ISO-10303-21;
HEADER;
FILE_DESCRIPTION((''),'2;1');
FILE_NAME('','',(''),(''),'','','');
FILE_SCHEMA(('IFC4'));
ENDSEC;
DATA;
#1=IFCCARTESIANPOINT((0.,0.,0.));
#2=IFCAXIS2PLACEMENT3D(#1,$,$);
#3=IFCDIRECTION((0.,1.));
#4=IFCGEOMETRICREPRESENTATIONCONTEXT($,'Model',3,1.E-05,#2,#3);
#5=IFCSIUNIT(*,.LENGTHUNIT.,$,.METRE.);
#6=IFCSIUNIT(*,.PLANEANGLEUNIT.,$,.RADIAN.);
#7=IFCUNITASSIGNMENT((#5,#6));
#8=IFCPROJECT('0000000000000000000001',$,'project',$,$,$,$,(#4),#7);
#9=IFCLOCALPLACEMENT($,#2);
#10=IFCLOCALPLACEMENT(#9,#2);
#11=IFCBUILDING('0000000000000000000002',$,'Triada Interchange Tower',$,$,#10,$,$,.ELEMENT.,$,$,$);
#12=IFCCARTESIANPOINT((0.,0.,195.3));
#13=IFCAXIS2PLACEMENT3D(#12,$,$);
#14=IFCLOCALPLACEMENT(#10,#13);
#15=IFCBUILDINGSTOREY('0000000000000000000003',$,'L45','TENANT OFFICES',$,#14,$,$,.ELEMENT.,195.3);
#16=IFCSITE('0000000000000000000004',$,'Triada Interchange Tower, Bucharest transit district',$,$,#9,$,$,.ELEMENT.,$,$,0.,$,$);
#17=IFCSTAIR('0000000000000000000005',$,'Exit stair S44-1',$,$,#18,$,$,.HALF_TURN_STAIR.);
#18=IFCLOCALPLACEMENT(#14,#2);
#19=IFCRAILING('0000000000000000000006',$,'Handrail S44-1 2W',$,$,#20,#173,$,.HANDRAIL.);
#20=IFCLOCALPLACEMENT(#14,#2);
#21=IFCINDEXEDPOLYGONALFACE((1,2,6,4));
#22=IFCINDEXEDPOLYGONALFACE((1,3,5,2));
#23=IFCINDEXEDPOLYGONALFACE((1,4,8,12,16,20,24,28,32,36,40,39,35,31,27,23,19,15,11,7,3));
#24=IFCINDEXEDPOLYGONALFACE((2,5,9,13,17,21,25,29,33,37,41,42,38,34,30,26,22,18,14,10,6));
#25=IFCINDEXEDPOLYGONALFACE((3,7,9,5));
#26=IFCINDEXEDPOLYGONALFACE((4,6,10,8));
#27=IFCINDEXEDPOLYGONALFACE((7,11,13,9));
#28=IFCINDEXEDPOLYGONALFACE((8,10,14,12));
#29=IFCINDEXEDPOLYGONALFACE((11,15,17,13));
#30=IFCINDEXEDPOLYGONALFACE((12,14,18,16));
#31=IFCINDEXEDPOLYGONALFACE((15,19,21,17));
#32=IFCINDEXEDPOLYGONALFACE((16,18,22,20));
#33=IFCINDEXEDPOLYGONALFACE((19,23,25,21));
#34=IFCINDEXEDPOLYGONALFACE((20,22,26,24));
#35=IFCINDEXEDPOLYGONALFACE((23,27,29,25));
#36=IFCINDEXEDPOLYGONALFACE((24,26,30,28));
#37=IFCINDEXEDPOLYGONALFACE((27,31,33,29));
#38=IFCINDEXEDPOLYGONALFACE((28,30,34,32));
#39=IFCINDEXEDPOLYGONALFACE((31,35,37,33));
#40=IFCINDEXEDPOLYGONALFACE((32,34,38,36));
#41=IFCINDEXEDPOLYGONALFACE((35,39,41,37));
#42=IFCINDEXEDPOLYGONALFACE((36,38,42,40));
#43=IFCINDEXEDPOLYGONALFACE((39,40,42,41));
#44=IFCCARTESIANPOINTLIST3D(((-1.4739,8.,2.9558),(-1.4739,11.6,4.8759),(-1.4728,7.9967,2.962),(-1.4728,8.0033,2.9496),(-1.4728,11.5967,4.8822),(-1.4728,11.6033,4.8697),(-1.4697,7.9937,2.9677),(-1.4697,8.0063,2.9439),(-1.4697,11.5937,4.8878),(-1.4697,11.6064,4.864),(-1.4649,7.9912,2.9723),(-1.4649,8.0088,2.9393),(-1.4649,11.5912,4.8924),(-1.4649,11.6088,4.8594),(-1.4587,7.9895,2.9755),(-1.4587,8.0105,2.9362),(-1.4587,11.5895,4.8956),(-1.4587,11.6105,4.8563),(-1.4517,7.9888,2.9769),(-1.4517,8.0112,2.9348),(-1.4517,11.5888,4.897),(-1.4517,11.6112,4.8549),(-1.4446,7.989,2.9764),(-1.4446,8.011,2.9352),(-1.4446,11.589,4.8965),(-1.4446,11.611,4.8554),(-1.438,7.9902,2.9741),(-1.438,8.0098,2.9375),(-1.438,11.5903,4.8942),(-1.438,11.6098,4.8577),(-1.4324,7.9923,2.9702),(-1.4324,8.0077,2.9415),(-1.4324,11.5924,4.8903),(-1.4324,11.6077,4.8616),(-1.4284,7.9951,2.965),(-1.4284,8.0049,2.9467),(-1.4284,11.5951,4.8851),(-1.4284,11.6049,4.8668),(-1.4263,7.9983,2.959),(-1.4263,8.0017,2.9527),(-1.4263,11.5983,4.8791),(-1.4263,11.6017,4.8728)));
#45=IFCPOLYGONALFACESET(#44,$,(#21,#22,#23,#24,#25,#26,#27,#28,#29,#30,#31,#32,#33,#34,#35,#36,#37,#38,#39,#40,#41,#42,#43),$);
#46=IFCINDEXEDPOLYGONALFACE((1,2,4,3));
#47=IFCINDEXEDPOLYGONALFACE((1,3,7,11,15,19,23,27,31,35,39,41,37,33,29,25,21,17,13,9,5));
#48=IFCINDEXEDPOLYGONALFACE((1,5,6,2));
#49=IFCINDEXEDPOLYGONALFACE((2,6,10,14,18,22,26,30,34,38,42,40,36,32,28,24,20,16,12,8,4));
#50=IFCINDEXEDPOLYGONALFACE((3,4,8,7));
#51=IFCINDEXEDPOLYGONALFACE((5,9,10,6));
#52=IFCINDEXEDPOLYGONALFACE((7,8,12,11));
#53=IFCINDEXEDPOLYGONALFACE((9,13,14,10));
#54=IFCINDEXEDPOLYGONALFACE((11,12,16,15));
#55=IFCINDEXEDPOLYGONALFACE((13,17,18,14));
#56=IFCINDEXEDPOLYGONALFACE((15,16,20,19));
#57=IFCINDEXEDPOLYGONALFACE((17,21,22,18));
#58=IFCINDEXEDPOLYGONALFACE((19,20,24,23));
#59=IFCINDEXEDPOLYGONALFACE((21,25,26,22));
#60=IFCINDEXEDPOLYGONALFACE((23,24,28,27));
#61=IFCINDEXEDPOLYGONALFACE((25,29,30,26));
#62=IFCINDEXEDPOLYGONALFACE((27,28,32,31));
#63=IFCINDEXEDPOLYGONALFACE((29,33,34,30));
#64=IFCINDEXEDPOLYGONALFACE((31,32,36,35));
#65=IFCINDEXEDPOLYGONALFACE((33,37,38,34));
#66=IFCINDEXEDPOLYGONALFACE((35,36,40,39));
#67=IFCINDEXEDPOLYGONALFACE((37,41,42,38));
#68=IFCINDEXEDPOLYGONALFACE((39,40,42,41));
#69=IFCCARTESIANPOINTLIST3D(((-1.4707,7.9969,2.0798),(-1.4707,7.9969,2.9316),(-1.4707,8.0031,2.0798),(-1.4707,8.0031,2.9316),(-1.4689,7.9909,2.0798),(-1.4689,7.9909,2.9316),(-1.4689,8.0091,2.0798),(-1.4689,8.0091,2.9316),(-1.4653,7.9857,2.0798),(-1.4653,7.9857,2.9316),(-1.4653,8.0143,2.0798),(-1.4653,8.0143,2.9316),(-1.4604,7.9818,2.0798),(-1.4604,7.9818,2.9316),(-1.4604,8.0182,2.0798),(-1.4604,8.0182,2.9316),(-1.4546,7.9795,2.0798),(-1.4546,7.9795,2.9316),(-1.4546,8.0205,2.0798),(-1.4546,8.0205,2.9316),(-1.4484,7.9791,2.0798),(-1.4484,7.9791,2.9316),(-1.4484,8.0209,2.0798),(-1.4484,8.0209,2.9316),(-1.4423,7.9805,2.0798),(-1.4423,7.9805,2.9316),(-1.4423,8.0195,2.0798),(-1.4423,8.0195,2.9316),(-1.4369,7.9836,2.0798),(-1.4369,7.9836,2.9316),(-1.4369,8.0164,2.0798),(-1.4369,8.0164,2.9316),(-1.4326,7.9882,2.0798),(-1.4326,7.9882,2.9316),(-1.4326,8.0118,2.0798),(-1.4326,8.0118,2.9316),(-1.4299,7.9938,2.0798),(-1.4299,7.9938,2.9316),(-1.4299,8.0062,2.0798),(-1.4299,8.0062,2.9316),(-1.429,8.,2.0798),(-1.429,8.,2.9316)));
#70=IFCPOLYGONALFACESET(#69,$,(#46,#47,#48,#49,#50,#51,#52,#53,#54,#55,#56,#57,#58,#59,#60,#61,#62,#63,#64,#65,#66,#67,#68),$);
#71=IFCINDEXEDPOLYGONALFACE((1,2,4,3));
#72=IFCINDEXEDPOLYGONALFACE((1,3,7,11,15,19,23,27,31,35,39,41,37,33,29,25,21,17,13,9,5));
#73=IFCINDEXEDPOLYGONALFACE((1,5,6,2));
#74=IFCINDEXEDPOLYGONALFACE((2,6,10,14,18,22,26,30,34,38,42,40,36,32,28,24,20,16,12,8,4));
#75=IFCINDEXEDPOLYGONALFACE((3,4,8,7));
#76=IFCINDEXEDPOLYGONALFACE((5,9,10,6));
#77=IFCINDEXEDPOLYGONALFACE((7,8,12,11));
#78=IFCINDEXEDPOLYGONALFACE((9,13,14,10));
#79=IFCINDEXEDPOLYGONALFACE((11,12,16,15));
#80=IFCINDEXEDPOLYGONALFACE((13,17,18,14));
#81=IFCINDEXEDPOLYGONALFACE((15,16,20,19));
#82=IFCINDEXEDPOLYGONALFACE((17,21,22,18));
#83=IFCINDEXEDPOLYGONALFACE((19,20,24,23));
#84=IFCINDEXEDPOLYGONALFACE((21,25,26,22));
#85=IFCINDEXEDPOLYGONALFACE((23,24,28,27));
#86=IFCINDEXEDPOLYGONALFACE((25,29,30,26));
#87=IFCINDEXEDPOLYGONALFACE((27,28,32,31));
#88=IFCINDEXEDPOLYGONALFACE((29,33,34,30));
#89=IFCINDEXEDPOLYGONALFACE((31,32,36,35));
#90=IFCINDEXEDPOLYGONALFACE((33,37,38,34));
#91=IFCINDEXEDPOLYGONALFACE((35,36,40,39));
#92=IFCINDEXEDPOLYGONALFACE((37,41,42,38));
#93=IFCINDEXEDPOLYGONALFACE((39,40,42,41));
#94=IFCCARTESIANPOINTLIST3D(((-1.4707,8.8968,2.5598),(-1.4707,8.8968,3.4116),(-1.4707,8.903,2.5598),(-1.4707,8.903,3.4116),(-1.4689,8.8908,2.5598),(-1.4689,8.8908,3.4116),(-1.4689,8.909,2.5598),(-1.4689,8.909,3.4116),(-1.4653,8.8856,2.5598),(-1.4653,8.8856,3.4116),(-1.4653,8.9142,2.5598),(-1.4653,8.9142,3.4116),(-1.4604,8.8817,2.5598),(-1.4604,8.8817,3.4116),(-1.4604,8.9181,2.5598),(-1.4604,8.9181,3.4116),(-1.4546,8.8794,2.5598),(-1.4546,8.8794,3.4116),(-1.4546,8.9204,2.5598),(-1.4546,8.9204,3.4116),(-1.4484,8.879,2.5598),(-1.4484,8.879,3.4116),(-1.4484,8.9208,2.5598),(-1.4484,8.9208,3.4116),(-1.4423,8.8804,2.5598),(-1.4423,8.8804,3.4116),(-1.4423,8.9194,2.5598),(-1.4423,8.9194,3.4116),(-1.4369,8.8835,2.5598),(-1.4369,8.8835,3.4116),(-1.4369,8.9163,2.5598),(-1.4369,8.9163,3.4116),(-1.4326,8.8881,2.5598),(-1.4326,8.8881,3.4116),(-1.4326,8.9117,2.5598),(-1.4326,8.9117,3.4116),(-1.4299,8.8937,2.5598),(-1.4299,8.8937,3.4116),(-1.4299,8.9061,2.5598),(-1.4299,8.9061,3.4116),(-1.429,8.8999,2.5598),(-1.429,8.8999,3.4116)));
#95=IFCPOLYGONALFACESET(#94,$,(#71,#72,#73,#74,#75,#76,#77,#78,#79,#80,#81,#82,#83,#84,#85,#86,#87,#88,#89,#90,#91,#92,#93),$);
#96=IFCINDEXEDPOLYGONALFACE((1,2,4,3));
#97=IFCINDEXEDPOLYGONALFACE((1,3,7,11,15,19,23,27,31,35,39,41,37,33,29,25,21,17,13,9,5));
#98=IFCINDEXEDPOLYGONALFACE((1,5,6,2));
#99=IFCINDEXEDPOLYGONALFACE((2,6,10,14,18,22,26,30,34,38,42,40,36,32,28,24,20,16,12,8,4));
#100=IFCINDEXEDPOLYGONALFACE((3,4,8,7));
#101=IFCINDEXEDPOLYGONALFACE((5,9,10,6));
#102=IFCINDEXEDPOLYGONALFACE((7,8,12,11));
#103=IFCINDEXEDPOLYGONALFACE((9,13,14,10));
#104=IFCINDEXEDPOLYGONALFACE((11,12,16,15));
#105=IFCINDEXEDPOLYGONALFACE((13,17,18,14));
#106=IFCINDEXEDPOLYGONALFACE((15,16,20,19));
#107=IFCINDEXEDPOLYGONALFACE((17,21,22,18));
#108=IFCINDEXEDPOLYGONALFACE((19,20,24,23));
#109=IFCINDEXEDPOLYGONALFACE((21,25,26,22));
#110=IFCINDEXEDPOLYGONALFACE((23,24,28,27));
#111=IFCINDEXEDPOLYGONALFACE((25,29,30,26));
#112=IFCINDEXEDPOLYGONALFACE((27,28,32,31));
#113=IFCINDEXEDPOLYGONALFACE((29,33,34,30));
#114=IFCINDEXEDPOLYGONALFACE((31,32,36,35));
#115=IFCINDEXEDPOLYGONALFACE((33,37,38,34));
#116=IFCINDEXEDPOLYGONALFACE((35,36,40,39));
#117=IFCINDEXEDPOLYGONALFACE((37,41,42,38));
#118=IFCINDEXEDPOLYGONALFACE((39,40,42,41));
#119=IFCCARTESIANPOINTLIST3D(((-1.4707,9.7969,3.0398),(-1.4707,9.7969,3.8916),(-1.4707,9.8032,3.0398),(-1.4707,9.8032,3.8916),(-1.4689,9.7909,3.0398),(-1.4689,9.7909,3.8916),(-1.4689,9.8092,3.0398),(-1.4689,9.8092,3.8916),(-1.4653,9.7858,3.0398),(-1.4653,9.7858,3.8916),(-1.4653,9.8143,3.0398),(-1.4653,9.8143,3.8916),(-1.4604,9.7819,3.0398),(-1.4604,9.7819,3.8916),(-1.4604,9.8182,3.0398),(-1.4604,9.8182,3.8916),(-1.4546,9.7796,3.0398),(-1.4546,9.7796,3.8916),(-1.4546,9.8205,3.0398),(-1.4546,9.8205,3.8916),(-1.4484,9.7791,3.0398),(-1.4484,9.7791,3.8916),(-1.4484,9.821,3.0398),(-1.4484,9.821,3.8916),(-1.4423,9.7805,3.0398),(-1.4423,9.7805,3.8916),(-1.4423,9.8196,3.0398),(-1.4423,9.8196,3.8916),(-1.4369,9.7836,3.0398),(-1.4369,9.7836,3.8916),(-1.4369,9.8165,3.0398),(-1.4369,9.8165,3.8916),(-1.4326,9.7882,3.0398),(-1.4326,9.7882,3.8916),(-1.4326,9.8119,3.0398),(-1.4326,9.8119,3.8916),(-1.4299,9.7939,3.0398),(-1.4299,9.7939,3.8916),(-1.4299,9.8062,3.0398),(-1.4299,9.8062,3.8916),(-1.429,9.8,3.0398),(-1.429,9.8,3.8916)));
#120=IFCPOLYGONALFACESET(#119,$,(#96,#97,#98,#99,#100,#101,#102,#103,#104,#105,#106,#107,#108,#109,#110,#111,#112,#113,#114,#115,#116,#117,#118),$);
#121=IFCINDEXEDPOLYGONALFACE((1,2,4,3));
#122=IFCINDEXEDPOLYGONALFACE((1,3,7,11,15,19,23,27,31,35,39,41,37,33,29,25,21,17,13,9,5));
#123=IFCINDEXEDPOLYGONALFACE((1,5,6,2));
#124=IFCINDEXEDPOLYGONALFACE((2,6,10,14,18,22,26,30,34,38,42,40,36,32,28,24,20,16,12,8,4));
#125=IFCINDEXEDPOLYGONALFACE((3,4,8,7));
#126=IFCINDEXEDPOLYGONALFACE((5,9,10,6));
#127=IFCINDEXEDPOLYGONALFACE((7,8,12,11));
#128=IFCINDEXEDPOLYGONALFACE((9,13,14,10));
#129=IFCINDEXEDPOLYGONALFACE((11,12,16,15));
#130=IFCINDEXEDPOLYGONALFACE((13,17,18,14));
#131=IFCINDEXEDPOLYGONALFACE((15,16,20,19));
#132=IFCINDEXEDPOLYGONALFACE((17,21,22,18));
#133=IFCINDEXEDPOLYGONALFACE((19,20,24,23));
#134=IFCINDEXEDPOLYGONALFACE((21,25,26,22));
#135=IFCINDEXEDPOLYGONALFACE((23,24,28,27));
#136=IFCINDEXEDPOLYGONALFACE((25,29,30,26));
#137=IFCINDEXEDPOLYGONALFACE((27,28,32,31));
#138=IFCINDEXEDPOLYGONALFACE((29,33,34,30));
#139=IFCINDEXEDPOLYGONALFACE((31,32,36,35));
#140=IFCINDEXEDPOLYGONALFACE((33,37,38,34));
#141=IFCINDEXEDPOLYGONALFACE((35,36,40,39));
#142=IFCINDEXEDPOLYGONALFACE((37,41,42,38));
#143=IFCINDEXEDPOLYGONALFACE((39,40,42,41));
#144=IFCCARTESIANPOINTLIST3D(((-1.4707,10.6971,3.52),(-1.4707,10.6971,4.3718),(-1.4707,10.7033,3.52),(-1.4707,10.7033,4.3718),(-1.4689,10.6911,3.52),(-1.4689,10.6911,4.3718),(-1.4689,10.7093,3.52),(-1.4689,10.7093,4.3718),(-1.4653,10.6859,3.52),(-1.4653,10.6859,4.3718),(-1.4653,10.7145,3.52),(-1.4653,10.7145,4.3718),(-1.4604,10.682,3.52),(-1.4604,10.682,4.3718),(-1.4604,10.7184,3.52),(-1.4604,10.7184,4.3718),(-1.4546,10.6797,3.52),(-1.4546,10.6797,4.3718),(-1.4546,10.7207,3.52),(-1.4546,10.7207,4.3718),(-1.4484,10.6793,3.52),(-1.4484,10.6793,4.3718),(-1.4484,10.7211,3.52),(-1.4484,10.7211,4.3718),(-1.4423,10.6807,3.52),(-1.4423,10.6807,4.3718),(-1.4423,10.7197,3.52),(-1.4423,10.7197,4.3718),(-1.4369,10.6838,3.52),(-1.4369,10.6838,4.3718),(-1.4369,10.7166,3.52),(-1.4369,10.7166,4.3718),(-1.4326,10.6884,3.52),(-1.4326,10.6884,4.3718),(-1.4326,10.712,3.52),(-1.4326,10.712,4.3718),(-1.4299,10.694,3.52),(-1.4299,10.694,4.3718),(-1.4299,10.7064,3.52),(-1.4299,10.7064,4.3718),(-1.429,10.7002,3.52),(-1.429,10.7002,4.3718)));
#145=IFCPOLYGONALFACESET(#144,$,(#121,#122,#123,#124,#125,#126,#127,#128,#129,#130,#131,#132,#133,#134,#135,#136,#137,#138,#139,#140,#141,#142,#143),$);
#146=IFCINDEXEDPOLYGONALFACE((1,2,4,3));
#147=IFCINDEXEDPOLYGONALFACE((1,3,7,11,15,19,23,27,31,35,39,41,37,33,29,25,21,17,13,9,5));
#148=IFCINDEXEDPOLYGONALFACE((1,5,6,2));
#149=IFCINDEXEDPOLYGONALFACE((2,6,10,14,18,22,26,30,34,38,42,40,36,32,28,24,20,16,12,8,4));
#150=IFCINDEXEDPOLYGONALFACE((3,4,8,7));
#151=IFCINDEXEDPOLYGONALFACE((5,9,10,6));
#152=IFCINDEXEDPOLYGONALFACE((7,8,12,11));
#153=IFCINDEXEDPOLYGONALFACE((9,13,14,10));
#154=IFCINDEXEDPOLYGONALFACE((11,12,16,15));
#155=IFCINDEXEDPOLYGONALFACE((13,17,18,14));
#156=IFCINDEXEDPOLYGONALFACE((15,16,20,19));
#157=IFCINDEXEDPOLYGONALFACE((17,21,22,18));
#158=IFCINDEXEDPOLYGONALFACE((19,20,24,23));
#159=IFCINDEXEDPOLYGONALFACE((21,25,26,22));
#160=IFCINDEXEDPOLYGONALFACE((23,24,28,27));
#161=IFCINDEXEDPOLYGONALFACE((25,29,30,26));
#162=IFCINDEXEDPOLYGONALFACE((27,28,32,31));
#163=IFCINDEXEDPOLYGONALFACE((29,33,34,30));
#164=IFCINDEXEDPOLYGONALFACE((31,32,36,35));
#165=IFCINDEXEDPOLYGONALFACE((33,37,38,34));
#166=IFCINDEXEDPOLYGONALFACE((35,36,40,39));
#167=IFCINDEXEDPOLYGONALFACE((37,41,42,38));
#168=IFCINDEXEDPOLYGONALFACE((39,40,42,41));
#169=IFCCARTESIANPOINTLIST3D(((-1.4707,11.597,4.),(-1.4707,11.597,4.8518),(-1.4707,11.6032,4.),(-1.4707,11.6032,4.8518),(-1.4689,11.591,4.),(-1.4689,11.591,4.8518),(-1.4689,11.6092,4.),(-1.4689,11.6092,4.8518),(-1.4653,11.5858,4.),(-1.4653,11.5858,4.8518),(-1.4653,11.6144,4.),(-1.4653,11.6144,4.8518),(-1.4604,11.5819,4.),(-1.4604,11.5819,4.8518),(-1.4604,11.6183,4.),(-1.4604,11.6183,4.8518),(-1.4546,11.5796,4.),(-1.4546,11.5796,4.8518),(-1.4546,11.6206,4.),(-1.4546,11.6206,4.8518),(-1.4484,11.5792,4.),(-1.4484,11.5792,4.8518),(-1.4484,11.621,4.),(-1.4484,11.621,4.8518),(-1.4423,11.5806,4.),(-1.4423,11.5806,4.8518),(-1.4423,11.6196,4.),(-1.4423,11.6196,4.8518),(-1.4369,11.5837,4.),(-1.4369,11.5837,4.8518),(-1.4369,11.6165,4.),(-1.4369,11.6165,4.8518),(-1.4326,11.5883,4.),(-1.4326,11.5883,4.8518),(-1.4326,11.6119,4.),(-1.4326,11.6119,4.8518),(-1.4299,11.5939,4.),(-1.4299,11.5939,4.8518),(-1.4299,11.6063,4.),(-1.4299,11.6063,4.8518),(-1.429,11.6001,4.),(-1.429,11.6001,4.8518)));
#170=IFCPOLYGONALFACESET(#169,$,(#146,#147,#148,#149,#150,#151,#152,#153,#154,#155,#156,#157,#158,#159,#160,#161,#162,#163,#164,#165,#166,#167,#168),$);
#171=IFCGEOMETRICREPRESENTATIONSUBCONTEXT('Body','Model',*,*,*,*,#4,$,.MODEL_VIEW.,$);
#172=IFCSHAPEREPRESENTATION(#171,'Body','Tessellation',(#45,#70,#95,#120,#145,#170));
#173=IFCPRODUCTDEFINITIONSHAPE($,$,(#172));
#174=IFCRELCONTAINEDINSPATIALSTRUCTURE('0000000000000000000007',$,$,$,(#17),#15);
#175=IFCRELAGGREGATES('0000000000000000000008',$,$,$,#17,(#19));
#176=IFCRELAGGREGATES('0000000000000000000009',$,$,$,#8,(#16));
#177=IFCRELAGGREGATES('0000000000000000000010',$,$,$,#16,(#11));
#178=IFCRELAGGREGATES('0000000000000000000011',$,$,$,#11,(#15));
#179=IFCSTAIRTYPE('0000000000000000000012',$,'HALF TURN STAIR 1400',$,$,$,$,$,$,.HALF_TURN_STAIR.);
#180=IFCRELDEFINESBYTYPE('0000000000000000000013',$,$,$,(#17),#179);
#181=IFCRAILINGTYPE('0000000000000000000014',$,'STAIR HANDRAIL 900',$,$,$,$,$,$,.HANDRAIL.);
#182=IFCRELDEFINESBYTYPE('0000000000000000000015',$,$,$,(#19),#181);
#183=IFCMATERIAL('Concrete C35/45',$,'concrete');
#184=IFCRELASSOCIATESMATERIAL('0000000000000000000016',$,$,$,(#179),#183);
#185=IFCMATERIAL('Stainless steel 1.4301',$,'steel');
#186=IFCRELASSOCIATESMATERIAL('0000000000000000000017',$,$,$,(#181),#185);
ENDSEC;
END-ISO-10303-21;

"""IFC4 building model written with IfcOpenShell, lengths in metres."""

from ifc_helpers import new_model, si_unit, direction, frame, origin, origin_2d, place, context, subcontext, project, spatial, circle, extrude, material, type_object, element, aggregate, save


model = new_model("IFC4")

# Units and contexts
model_context = context("Model", 3, precision=1e-05, world=origin(), true_north=direction((0.0, 1.0)))
body_context = subcontext(model_context, "Body", "Model", "MODEL_VIEW")
ifc_project = project(units=[si_unit("LENGTHUNIT", "METRE"), si_unit("PLANEANGLEUNIT", "RADIAN")], contexts=[model_context])

# Site, building, storey
site_placement = place(None, origin())
site = spatial("IfcSite", under=ifc_project, at=site_placement, Name="Triada Interchange Tower, Bucharest transit district", CompositionType="ELEMENT", RefElevation=0.0)
building_placement = place(site_placement, origin())
building = spatial("IfcBuilding", under=site, at=building_placement, Name="Triada Interchange Tower", CompositionType="ELEMENT")
storey_placement = place(building_placement, frame((0.0, 0.0, 195.3)))
storey = spatial("IfcBuildingStorey", under=building, at=storey_placement, Name="L45", Description="TENANT OFFICES", CompositionType="ELEMENT", Elevation=195.3)

# Stair, railing
ifc_material_1 = material(Name="Concrete C35/45", Category="concrete")
stair_type = type_object("IfcStairType", Name="HALF TURN STAIR 1400", PredefinedType="HALF_TURN_STAIR", material=ifc_material_1)
stair_placement = place(storey_placement, origin())
stair = element("IfcStair", 1, at=stair_placement, inside=storey, type_object=stair_type, Name="Exit stair S44-1", PredefinedType="HALF_TURN_STAIR")
ifc_material_2 = material(Name="Stainless steel 1.4301", Category="steel")
railing_type = type_object("IfcRailingType", Name="STAIR HANDRAIL 900", PredefinedType="HANDRAIL", material=ifc_material_2)
railing_placement = place(storey_placement, frame((-1.45, 8.0, 2.0798)))
railing = element("IfcRailing", 2, at=railing_placement, type_object=railing_type, Name="Handrail S44-1 2W", PredefinedType="HANDRAIL", context=body_context, shape_type="SweptSolid", body=[
    extrude(circle(Radius=0.0239, at=origin_2d()), frame((0.0, 0.0, 0.876), z_axis=(0.0, 0.882341, 0.47061), x_axis=(-1.0, 0.0, 0.0)), (0.0, 0.0, 1.0), 4.0801),
    extrude(circle(Radius=0.021, at=origin_2d()), origin(), (0.0, 0.0, 1.0), 0.8518),
    extrude(circle(Radius=0.021, at=origin_2d()), frame((0.0, 0.8999, 0.48)), (0.0, 0.0, 1.0), 0.8518),
    extrude(circle(Radius=0.021, at=origin_2d()), frame((0.0, 1.8, 0.96)), (0.0, 0.0, 1.0), 0.8518),
    extrude(circle(Radius=0.021, at=origin_2d()), frame((0.0, 2.7002, 1.4402)), (0.0, 0.0, 1.0), 0.8518),
    extrude(circle(Radius=0.021, at=origin_2d()), frame((0.0, 3.6001, 1.9202)), (0.0, 0.0, 1.0), 0.8518),
])
aggregate(stair, [railing])

save(model, "model.ifc")
